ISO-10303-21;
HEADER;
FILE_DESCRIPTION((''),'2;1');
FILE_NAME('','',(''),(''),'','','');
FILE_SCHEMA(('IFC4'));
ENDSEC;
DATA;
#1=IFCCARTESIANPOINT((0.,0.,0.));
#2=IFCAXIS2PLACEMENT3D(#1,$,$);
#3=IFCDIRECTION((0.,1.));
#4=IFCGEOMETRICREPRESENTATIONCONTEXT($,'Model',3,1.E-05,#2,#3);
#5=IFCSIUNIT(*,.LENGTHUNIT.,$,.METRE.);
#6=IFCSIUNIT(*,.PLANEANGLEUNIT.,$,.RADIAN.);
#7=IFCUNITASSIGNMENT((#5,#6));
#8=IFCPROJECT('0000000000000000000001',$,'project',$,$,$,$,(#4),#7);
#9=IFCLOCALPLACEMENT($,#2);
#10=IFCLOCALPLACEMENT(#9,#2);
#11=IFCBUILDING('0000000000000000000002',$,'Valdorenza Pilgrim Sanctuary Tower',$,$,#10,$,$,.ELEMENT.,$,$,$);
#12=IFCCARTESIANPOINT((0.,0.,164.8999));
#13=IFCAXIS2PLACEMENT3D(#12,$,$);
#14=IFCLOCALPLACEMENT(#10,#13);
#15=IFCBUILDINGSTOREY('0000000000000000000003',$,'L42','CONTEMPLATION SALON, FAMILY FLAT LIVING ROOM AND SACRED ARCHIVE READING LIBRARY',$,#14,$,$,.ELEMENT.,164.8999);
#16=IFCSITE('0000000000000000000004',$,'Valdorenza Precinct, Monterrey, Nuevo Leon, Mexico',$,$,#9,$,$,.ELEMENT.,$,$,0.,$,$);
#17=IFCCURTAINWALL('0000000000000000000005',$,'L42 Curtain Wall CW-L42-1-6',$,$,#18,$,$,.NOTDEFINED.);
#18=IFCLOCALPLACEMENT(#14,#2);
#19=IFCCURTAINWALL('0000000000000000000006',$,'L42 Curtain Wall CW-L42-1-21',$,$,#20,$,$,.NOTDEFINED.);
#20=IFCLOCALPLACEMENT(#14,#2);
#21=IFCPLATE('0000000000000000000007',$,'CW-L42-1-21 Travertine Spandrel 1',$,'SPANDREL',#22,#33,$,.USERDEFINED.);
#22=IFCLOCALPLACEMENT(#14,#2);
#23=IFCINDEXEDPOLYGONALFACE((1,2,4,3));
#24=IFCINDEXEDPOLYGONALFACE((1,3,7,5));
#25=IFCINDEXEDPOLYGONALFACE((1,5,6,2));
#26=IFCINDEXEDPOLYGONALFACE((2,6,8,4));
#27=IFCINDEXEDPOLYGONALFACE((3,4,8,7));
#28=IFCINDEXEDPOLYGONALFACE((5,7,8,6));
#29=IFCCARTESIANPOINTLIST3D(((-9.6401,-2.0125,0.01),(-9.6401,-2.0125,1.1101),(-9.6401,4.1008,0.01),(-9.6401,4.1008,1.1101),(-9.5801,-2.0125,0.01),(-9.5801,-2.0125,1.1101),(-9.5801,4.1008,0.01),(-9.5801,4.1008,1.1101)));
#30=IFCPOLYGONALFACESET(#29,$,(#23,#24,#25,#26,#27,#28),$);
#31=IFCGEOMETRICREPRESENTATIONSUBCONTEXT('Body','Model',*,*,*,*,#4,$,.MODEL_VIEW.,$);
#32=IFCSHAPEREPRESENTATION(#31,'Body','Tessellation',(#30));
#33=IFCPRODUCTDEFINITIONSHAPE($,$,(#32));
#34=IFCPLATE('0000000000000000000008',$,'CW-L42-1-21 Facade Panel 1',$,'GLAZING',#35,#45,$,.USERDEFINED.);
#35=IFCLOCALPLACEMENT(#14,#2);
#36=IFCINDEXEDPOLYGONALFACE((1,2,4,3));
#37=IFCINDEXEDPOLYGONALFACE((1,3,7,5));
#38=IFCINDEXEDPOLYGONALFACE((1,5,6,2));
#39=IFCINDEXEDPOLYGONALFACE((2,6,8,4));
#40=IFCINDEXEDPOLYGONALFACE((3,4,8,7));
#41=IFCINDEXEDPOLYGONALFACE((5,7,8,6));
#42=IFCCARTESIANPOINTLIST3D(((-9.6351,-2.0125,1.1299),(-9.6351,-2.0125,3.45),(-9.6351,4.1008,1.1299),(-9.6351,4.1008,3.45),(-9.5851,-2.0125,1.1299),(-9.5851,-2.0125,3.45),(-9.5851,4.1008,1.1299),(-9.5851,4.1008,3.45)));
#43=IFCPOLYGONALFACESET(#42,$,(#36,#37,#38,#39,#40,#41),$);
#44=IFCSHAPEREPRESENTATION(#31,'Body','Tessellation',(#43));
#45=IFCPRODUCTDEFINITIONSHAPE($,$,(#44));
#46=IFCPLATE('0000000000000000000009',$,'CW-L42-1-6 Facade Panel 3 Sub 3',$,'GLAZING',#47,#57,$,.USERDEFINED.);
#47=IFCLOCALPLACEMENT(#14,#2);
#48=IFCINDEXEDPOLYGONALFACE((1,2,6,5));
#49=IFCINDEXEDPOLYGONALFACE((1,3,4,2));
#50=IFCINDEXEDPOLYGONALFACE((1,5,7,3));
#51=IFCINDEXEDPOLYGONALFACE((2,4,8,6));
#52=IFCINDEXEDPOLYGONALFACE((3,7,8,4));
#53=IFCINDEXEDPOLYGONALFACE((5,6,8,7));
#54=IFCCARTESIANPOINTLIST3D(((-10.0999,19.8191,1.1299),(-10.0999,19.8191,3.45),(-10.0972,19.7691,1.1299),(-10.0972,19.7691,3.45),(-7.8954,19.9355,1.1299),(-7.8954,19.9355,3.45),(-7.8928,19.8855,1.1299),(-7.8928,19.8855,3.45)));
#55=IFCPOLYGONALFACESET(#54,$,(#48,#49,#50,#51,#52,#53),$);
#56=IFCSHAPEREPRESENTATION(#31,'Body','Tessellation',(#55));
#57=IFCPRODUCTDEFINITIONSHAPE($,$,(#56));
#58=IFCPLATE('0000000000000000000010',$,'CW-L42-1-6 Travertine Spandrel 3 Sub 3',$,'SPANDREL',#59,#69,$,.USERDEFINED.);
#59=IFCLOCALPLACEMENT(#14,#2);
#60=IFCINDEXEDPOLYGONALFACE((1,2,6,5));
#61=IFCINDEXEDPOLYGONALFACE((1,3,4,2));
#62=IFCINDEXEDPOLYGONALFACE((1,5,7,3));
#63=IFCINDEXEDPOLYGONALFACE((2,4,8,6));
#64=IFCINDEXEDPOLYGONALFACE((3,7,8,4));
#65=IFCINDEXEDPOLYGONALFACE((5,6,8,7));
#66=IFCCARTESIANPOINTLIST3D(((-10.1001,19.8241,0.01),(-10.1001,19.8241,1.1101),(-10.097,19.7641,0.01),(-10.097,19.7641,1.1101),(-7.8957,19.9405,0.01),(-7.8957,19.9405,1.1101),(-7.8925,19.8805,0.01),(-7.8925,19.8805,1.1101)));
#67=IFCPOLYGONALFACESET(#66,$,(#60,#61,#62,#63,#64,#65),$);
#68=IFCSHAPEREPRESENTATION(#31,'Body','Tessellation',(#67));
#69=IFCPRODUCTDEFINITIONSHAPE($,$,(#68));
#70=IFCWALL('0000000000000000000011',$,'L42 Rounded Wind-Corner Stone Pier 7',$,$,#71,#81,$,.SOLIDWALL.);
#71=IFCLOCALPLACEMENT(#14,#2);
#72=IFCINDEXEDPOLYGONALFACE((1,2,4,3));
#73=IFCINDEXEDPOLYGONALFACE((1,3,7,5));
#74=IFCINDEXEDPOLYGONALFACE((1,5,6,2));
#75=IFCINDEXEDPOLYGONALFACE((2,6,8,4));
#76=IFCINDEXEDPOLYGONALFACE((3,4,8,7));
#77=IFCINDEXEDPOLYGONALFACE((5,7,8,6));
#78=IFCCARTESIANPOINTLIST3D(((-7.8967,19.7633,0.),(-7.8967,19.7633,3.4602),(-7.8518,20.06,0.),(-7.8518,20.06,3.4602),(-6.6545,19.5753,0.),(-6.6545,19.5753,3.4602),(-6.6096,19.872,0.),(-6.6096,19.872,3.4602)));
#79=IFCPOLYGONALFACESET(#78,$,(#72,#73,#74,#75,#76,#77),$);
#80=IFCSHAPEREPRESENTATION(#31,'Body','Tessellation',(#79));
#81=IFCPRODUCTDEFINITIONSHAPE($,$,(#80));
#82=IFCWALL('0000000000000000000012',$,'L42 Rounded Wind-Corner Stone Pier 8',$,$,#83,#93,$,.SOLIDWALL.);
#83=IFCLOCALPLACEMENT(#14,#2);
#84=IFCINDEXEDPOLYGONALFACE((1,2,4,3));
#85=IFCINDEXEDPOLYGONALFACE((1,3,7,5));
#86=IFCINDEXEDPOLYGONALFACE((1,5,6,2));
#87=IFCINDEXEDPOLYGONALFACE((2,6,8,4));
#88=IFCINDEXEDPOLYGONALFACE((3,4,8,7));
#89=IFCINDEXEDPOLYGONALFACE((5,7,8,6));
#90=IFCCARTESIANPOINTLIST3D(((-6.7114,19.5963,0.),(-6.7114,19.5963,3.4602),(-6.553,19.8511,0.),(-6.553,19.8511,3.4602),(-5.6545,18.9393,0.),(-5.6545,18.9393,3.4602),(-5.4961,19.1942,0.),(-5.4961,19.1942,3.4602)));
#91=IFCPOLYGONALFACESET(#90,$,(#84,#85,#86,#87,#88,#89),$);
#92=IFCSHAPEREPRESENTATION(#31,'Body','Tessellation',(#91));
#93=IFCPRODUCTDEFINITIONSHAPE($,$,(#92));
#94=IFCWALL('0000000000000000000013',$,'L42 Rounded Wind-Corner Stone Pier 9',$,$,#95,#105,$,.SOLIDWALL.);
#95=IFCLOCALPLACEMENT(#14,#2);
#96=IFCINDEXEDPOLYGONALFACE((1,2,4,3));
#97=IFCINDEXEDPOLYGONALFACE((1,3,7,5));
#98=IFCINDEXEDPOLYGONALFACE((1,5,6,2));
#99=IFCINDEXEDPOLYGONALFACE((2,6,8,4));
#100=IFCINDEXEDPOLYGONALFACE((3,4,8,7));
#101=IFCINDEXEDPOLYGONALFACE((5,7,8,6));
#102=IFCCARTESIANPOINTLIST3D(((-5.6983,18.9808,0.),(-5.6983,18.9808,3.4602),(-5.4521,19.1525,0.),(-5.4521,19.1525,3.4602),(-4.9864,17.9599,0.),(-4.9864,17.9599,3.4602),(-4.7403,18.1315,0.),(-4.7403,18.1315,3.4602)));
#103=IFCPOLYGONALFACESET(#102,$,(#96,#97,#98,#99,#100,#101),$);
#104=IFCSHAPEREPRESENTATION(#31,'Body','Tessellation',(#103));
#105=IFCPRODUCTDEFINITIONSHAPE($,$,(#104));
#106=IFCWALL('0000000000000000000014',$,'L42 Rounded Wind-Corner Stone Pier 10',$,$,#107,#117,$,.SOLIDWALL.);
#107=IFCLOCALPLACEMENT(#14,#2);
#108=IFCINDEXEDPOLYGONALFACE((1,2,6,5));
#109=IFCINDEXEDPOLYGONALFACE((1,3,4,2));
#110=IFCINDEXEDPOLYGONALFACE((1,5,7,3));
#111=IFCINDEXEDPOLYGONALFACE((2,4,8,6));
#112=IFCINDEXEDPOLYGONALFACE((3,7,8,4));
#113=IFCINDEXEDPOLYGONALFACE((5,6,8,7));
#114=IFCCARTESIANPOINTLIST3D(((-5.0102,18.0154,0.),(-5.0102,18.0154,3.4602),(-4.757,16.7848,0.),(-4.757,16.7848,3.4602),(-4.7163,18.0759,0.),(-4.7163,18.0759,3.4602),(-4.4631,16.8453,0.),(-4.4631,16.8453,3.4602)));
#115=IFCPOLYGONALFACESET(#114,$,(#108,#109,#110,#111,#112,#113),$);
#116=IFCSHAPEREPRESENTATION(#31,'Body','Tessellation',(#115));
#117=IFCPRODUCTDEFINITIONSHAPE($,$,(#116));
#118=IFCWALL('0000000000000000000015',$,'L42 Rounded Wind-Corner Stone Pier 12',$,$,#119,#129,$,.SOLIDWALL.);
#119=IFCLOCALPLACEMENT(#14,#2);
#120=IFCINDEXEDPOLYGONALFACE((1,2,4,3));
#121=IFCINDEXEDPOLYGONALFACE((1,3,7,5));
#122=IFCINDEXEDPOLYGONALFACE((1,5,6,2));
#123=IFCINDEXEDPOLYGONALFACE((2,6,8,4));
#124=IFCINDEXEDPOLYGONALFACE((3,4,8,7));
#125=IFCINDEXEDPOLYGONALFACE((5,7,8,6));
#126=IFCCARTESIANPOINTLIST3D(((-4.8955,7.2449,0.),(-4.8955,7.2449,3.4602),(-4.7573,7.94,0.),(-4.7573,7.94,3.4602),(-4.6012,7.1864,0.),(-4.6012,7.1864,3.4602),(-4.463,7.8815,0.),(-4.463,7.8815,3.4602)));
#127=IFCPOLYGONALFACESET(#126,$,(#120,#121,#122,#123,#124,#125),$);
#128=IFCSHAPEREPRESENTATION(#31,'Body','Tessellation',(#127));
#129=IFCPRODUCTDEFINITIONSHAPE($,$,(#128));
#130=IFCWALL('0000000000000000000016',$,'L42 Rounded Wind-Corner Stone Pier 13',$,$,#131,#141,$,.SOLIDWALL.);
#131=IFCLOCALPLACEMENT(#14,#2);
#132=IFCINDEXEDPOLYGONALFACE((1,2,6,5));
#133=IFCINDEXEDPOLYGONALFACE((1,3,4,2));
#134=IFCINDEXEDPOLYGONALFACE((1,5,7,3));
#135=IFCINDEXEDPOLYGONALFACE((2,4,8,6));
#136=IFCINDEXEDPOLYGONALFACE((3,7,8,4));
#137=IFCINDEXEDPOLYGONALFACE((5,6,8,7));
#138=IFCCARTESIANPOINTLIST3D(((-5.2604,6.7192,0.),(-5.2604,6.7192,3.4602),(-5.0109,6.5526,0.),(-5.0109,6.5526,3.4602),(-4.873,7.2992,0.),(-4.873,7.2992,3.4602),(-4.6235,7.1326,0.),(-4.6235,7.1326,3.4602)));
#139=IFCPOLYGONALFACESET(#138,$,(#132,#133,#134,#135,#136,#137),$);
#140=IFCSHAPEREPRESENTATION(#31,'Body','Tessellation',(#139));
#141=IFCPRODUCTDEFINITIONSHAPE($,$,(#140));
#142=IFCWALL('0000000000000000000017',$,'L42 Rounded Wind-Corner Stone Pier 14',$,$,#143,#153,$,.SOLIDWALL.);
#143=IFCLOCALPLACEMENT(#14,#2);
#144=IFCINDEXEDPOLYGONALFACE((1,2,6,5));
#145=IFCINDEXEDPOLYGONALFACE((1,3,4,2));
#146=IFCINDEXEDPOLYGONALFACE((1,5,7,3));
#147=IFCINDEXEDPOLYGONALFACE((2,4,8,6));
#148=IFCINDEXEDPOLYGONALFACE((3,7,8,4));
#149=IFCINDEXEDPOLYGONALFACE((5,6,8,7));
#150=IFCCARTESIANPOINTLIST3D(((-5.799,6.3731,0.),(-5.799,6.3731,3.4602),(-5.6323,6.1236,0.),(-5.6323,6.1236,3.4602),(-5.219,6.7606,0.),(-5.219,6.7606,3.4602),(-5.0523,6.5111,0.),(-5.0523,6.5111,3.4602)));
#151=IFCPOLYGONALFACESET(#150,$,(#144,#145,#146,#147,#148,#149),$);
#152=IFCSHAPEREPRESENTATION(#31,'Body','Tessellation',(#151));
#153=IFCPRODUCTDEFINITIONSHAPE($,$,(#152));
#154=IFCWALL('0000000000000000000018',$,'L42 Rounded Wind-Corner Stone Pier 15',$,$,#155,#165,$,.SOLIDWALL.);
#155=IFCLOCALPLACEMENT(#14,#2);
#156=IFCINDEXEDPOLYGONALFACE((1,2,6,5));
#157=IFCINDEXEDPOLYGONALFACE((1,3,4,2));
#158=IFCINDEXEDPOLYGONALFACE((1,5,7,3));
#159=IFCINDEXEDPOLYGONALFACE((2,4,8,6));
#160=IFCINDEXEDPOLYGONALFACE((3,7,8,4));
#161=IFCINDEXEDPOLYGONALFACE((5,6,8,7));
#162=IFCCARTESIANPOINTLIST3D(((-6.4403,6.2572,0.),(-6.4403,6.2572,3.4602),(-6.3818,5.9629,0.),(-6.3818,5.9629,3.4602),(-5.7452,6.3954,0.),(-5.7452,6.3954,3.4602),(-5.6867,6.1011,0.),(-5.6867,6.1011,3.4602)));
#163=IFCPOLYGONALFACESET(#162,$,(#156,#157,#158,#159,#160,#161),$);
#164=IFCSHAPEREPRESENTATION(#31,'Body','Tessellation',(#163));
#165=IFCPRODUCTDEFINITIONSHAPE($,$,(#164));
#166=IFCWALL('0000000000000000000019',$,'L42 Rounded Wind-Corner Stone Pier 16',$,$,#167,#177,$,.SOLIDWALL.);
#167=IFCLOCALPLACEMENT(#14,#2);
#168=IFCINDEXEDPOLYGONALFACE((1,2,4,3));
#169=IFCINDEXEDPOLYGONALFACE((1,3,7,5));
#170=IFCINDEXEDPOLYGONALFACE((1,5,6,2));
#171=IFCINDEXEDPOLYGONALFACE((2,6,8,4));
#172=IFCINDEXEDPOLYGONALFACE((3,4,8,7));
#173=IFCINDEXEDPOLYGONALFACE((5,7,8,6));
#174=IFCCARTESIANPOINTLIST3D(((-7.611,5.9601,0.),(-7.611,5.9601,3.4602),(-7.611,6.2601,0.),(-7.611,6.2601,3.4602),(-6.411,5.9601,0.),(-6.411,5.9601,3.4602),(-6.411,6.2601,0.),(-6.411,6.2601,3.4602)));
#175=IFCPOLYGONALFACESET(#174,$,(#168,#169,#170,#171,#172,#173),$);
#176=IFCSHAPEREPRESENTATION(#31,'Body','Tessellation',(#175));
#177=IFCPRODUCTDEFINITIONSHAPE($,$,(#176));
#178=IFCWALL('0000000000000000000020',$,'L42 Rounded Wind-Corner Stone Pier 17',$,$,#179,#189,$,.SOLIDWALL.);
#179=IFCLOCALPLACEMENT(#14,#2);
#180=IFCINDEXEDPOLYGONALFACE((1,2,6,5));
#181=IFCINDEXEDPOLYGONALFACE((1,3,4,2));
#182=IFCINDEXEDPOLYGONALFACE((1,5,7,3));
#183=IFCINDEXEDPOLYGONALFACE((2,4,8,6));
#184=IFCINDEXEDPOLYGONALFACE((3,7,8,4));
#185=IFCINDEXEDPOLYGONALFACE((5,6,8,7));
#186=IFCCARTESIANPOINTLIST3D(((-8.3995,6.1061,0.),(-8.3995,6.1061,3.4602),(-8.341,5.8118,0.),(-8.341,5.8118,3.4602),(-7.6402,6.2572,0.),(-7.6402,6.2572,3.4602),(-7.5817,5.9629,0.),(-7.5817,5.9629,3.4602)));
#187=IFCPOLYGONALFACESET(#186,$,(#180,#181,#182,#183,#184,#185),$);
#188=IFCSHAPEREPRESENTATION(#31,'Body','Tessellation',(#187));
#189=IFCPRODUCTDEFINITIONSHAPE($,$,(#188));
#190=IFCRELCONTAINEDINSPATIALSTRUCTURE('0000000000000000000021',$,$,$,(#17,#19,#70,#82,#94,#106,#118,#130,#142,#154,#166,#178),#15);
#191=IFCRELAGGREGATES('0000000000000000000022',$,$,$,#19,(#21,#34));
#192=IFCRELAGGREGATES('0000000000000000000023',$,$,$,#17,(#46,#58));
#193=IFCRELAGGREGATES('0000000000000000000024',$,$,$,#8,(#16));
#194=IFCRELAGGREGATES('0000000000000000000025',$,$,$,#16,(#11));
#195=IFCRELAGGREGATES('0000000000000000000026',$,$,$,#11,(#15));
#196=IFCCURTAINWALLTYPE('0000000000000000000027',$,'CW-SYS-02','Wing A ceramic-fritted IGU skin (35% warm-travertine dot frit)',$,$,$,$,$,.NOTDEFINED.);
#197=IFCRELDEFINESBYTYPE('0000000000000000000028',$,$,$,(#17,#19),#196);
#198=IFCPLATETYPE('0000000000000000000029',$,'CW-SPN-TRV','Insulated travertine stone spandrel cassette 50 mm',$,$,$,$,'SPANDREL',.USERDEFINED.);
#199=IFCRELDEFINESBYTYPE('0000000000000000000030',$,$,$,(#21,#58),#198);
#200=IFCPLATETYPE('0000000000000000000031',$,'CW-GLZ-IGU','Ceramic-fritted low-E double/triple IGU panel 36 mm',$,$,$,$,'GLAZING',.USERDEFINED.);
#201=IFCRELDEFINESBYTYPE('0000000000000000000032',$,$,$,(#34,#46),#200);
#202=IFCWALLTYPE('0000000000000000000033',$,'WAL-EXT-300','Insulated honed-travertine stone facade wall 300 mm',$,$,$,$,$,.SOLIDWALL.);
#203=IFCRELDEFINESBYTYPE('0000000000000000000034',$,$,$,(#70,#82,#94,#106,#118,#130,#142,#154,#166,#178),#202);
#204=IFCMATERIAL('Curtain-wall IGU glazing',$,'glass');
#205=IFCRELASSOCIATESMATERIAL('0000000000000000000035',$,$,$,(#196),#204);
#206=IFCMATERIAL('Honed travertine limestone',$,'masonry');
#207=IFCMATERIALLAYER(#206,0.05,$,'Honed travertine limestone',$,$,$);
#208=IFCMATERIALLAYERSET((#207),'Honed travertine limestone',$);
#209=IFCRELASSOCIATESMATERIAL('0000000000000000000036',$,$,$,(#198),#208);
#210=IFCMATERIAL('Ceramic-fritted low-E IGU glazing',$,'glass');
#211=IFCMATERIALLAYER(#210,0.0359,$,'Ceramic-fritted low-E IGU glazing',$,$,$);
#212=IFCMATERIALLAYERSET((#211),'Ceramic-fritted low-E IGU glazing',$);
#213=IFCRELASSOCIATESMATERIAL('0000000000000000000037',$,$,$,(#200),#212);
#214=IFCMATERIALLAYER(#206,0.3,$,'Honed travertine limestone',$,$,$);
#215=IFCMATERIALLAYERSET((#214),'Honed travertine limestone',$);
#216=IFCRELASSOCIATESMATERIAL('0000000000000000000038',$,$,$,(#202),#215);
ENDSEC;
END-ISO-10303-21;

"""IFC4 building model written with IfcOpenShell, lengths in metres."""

from ifc_helpers import new_model, si_unit, direction, frame, frame_2d, origin, origin_2d, place, context, subcontext, project, spatial, rectangle, extrude, source, transform, mapped, material, layer, layer_set, type_object, element, aggregate, save


model = new_model("IFC4")

# Units and contexts
model_context = context("Model", 3, precision=1e-05, world=origin(), true_north=direction((0.0, 1.0)))
body_context = subcontext(model_context, "Body", "Model", "MODEL_VIEW")
ifc_project = project(units=[si_unit("LENGTHUNIT", "METRE"), si_unit("PLANEANGLEUNIT", "RADIAN")], contexts=[model_context])

# Site, building, storey
site_placement = place(None, origin())
site = spatial("IfcSite", under=ifc_project, at=site_placement, Name="Valdorenza Precinct, Monterrey, Nuevo Leon, Mexico", CompositionType="ELEMENT", RefElevation=0.0)
building_placement = place(site_placement, origin())
building = spatial("IfcBuilding", under=site, at=building_placement, Name="Valdorenza Pilgrim Sanctuary Tower", CompositionType="ELEMENT")
storey_placement = place(building_placement, frame((0.0, 0.0, 164.8999)))
storey = spatial("IfcBuildingStorey", under=building, at=storey_placement, Name="L42", Description="CONTEMPLATION SALON, FAMILY FLAT LIVING ROOM AND SACRED ARCHIVE READING LIBRARY", CompositionType="ELEMENT", Elevation=164.8999)

# Curtain wall
ifc_material_1 = material(Name="Curtain-wall IGU glazing", Category="glass")
curtain_wall_type = type_object("IfcCurtainWallType", Name="CW-SYS-02", Description="Wing A ceramic-fritted IGU skin (35% warm-travertine dot frit)", PredefinedType="NOTDEFINED", material=ifc_material_1)
curtain_wall_1_placement = place(storey_placement, origin())
curtain_wall_1 = element("IfcCurtainWall", 1, at=curtain_wall_1_placement, inside=storey, type_object=curtain_wall_type, Name="L42 Curtain Wall CW-L42-1-6", PredefinedType="NOTDEFINED")

# Curtain wall
curtain_wall_2_placement = place(storey_placement, origin())
curtain_wall_2 = element("IfcCurtainWall", 2, at=curtain_wall_2_placement, inside=storey, type_object=curtain_wall_type, Name="L42 Curtain Wall CW-L42-1-21", PredefinedType="NOTDEFINED")

# Plates
ifc_material_2 = material(Name="Honed travertine limestone", Category="masonry")
ifc_layer_1 = layer(ifc_material_2, 0.05, Name="Honed travertine limestone")
ifc_layer_set_1 = layer_set([ifc_layer_1], Name="Honed travertine limestone")
plate_type_1 = type_object("IfcPlateType", Name="CW-SPN-TRV", Description="Insulated travertine stone spandrel cassette 50 mm", ElementType="SPANDREL", PredefinedType="USERDEFINED", material=ifc_layer_set_1)
ifc_material_3 = material(Name="Ceramic-fritted low-E IGU glazing", Category="glass")
ifc_layer_2 = layer(ifc_material_3, 0.0359, Name="Ceramic-fritted low-E IGU glazing")
ifc_layer_set_2 = layer_set([ifc_layer_2], Name="Ceramic-fritted low-E IGU glazing")
plate_type_2 = type_object("IfcPlateType", Name="CW-GLZ-IGU", Description="Ceramic-fritted low-E double/triple IGU panel 36 mm", ElementType="GLAZING", PredefinedType="USERDEFINED", material=ifc_layer_set_2)
shared_shape_1 = source(origin(), body_context, "Body", "SweptSolid", [
    extrude(rectangle(XDim=6.1133, YDim=0.0601, at=origin_2d()), origin(), (0.0, 0.0, 1.0), 1.1001),
])
plate_1_placement = place(storey_placement, frame((-9.6101, 1.0442, 0.01), z_axis=(0.0, 0.0, 1.0), x_axis=(0.0, -1.0, 0.0)))
plate_1 = element("IfcPlate", 3, at=plate_1_placement, type_object=plate_type_1, Name="CW-L42-1-21 Travertine Spandrel 1", ObjectType="SPANDREL", PredefinedType="USERDEFINED", context=body_context, shape_type="MappedRepresentation", body=[
    mapped(shared_shape_1, transform((0.0, 0.0, 0.0), x_axis=(1.0, 0.0, 0.0), y_axis=(0.0, 1.0, 0.0), z_axis=(0.0, 0.0, 1.0), scale=1.0)),
])
shared_shape_2 = source(origin(), body_context, "Body", "SweptSolid", [
    extrude(rectangle(XDim=6.1133, YDim=0.05, at=origin_2d()), origin(), (0.0, 0.0, 1.0), 2.3201),
])
plate_2_placement = place(storey_placement, frame((-9.6101, 1.0442, 1.1299), z_axis=(0.0, 0.0, 1.0), x_axis=(0.0, -1.0, 0.0)))
plate_2 = element("IfcPlate", 4, at=plate_2_placement, type_object=plate_type_2, Name="CW-L42-1-21 Facade Panel 1", ObjectType="GLAZING", PredefinedType="USERDEFINED", context=body_context, shape_type="MappedRepresentation", body=[
    mapped(shared_shape_2, transform((0.0, 0.0, 0.0), x_axis=(1.0, 0.0, 0.0), y_axis=(0.0, 1.0, 0.0), z_axis=(0.0, 0.0, 1.0), scale=1.0)),
])
aggregate(curtain_wall_2, [plate_1, plate_2])
shared_shape_3 = source(origin(), body_context, "Body", "SweptSolid", [
    extrude(rectangle(XDim=2.2075, YDim=0.05, at=origin_2d()), origin(), (0.0, 0.0, 1.0), 2.3201),
])
plate_3_placement = place(storey_placement, frame((-8.9963, 19.8523, 1.1299), z_axis=(0.0, 0.0, 1.0), x_axis=(0.998608, 0.052754, 0.0)))
plate_3 = element("IfcPlate", 5, at=plate_3_placement, type_object=plate_type_2, Name="CW-L42-1-6 Facade Panel 3 Sub 3", ObjectType="GLAZING", PredefinedType="USERDEFINED", context=body_context, shape_type="MappedRepresentation", body=[
    mapped(shared_shape_3, transform((0.0, 0.0, 0.0), x_axis=(1.0, 0.0, 0.0), y_axis=(0.0, 1.0, 0.0), z_axis=(0.0, 0.0, 1.0), scale=1.0)),
])
shared_shape_4 = source(origin(), body_context, "Body", "SweptSolid", [
    extrude(rectangle(XDim=2.2075, YDim=0.0601, at=origin_2d()), origin(), (0.0, 0.0, 1.0), 1.1001),
])
plate_4_placement = place(storey_placement, frame((-8.9963, 19.8523, 0.01), z_axis=(0.0, 0.0, 1.0), x_axis=(0.998608, 0.052754, 0.0)))
plate_4 = element("IfcPlate", 6, at=plate_4_placement, type_object=plate_type_1, Name="CW-L42-1-6 Travertine Spandrel 3 Sub 3", ObjectType="SPANDREL", PredefinedType="USERDEFINED", context=body_context, shape_type="MappedRepresentation", body=[
    mapped(shared_shape_4, transform((0.0, 0.0, 0.0), x_axis=(1.0, 0.0, 0.0), y_axis=(0.0, 1.0, 0.0), z_axis=(0.0, 0.0, 1.0), scale=1.0)),
])
aggregate(curtain_wall_1, [plate_3, plate_4])

# Walls
ifc_layer_3 = layer(ifc_material_2, 0.3, Name="Honed travertine limestone")
ifc_layer_set_3 = layer_set([ifc_layer_3], Name="Honed travertine limestone")
wall_type_1 = type_object("IfcWallType", Name="WAL-EXT-300", Description="Insulated honed-travertine stone facade wall 300 mm", PredefinedType="SOLIDWALL", material=ifc_layer_set_3)
wall_1_placement = place(storey_placement, frame((-7.8743, 19.9116, 0.0), z_axis=(0.0, 0.0, 1.0), x_axis=(0.988742, -0.149633, 0.0)))
element("IfcWall", 7, at=wall_1_placement, inside=storey, type_object=wall_type_1, Name="L42 Rounded Wind-Corner Stone Pier 7", PredefinedType="SOLIDWALL", context=body_context, shape_type="SweptSolid", body=[
    extrude(rectangle(XDim=1.2563, YDim=0.3, at=frame_2d((0.6282, 0.0))), origin(), (0.0, 0.0, 1.0), 3.4602),
])
wall_2_placement = place(storey_placement, frame((-6.6321, 19.7236, 0.0), z_axis=(0.0, 0.0, 1.0), x_axis=(0.849285, -0.527934, 0.0)))
element("IfcWall", 8, at=wall_2_placement, inside=storey, type_object=wall_type_1, Name="L42 Rounded Wind-Corner Stone Pier 8", PredefinedType="SOLIDWALL", context=body_context, shape_type="SweptSolid", body=[
    extrude(rectangle(XDim=1.2444, YDim=0.3, at=frame_2d((0.6221, 0.0))), origin(), (0.0, 0.0, 1.0), 3.4602),
])
wall_3_placement = place(storey_placement, frame((-5.5752, 19.0667, 0.0), z_axis=(0.0, 0.0, 1.0), x_axis=(0.571961, -0.820281, 0.0)))
element("IfcWall", 9, at=wall_3_placement, inside=storey, type_object=wall_type_1, Name="L42 Rounded Wind-Corner Stone Pier 9", PredefinedType="SOLIDWALL", context=body_context, shape_type="SweptSolid", body=[
    extrude(rectangle(XDim=1.2446, YDim=0.3, at=frame_2d((0.6223, 0.0))), origin(), (0.0, 0.0, 1.0), 3.4602),
])
wall_4_placement = place(storey_placement, frame((-4.8633, 18.0457, 0.0), z_axis=(0.0, 0.0, 1.0), x_axis=(0.201532, -0.979482, 0.0)))
element("IfcWall", 10, at=wall_4_placement, inside=storey, type_object=wall_type_1, Name="L42 Rounded Wind-Corner Stone Pier 10", PredefinedType="SOLIDWALL", context=body_context, shape_type="SweptSolid", body=[
    extrude(rectangle(XDim=1.2563, YDim=0.3, at=frame_2d((0.6282, 0.0))), origin(), (0.0, 0.0, 1.0), 3.4602),
])
wall_5_placement = place(storey_placement, frame((-4.6101, 7.9109, 0.0), z_axis=(0.0, 0.0, 1.0), x_axis=(-0.19499, -0.980805, 0.0)))
element("IfcWall", 11, at=wall_5_placement, inside=storey, type_object=wall_type_1, Name="L42 Rounded Wind-Corner Stone Pier 12", PredefinedType="SOLIDWALL", context=body_context, shape_type="SweptSolid", body=[
    extrude(rectangle(XDim=0.7087, YDim=0.3, at=frame_2d((0.3545, 0.0))), origin(), (0.0, 0.0, 1.0), 3.4602),
])
for number, where, z_axis, x_axis, name in (
    (12, (-4.7483, 7.2158, 0.0), (0.0, 0.0, 1.0), (-0.555427, -0.831565, 0.0), "L42 Rounded Wind-Corner Stone Pier 13"),
    (13, (-5.1357, 6.6357, 0.0), (0.0, 0.0, 1.0), (-0.831565, -0.555427, 0.0), "L42 Rounded Wind-Corner Stone Pier 14"),
):
    element("IfcWall", number, at=place(storey_placement, frame(where, z_axis=z_axis, x_axis=x_axis)), inside=storey, type_object=wall_type_1, Name=name, PredefinedType="SOLIDWALL", context=body_context, shape_type="SweptSolid", body=[
        extrude(rectangle(XDim=0.6975, YDim=0.3, at=frame_2d((0.3486, 0.0))), origin(), (0.0, 0.0, 1.0), 3.4602),
    ])
wall_6_placement = place(storey_placement, frame((-5.7158, 6.2483, 0.0), z_axis=(0.0, 0.0, 1.0), x_axis=(-0.980805, -0.19499, 0.0)))
element("IfcWall", 14, at=wall_6_placement, inside=storey, type_object=wall_type_1, Name="L42 Rounded Wind-Corner Stone Pier 15", PredefinedType="SOLIDWALL", context=body_context, shape_type="SweptSolid", body=[
    extrude(rectangle(XDim=0.7087, YDim=0.3, at=frame_2d((0.3545, 0.0))), origin(), (0.0, 0.0, 1.0), 3.4602),
])
wall_7_placement = place(storey_placement, frame((-6.4109, 6.1101, 0.0), z_axis=(0.0, 0.0, 1.0), x_axis=(-1.0, 0.0, 0.0)))
element("IfcWall", 15, at=wall_7_placement, inside=storey, type_object=wall_type_1, Name="L42 Rounded Wind-Corner Stone Pier 16", PredefinedType="SOLIDWALL", context=body_context, shape_type="SweptSolid", body=[
    extrude(rectangle(XDim=1.2, YDim=0.3, at=frame_2d((0.6001, 0.0))), origin(), (0.0, 0.0, 1.0), 3.4602),
])
wall_8_placement = place(storey_placement, frame((-7.6108, 6.1101, 0.0), z_axis=(0.0, 0.0, 1.0), x_axis=(-0.980762, -0.195206, 0.0)))
element("IfcWall", 16, at=wall_8_placement, inside=storey, type_object=wall_type_1, Name="L42 Rounded Wind-Corner Stone Pier 17", PredefinedType="SOLIDWALL", context=body_context, shape_type="SweptSolid", body=[
    extrude(rectangle(XDim=0.7742, YDim=0.3, at=frame_2d((0.3872, 0.0))), origin(), (0.0, 0.0, 1.0), 3.4602),
])

save(model, "model.ifc")
